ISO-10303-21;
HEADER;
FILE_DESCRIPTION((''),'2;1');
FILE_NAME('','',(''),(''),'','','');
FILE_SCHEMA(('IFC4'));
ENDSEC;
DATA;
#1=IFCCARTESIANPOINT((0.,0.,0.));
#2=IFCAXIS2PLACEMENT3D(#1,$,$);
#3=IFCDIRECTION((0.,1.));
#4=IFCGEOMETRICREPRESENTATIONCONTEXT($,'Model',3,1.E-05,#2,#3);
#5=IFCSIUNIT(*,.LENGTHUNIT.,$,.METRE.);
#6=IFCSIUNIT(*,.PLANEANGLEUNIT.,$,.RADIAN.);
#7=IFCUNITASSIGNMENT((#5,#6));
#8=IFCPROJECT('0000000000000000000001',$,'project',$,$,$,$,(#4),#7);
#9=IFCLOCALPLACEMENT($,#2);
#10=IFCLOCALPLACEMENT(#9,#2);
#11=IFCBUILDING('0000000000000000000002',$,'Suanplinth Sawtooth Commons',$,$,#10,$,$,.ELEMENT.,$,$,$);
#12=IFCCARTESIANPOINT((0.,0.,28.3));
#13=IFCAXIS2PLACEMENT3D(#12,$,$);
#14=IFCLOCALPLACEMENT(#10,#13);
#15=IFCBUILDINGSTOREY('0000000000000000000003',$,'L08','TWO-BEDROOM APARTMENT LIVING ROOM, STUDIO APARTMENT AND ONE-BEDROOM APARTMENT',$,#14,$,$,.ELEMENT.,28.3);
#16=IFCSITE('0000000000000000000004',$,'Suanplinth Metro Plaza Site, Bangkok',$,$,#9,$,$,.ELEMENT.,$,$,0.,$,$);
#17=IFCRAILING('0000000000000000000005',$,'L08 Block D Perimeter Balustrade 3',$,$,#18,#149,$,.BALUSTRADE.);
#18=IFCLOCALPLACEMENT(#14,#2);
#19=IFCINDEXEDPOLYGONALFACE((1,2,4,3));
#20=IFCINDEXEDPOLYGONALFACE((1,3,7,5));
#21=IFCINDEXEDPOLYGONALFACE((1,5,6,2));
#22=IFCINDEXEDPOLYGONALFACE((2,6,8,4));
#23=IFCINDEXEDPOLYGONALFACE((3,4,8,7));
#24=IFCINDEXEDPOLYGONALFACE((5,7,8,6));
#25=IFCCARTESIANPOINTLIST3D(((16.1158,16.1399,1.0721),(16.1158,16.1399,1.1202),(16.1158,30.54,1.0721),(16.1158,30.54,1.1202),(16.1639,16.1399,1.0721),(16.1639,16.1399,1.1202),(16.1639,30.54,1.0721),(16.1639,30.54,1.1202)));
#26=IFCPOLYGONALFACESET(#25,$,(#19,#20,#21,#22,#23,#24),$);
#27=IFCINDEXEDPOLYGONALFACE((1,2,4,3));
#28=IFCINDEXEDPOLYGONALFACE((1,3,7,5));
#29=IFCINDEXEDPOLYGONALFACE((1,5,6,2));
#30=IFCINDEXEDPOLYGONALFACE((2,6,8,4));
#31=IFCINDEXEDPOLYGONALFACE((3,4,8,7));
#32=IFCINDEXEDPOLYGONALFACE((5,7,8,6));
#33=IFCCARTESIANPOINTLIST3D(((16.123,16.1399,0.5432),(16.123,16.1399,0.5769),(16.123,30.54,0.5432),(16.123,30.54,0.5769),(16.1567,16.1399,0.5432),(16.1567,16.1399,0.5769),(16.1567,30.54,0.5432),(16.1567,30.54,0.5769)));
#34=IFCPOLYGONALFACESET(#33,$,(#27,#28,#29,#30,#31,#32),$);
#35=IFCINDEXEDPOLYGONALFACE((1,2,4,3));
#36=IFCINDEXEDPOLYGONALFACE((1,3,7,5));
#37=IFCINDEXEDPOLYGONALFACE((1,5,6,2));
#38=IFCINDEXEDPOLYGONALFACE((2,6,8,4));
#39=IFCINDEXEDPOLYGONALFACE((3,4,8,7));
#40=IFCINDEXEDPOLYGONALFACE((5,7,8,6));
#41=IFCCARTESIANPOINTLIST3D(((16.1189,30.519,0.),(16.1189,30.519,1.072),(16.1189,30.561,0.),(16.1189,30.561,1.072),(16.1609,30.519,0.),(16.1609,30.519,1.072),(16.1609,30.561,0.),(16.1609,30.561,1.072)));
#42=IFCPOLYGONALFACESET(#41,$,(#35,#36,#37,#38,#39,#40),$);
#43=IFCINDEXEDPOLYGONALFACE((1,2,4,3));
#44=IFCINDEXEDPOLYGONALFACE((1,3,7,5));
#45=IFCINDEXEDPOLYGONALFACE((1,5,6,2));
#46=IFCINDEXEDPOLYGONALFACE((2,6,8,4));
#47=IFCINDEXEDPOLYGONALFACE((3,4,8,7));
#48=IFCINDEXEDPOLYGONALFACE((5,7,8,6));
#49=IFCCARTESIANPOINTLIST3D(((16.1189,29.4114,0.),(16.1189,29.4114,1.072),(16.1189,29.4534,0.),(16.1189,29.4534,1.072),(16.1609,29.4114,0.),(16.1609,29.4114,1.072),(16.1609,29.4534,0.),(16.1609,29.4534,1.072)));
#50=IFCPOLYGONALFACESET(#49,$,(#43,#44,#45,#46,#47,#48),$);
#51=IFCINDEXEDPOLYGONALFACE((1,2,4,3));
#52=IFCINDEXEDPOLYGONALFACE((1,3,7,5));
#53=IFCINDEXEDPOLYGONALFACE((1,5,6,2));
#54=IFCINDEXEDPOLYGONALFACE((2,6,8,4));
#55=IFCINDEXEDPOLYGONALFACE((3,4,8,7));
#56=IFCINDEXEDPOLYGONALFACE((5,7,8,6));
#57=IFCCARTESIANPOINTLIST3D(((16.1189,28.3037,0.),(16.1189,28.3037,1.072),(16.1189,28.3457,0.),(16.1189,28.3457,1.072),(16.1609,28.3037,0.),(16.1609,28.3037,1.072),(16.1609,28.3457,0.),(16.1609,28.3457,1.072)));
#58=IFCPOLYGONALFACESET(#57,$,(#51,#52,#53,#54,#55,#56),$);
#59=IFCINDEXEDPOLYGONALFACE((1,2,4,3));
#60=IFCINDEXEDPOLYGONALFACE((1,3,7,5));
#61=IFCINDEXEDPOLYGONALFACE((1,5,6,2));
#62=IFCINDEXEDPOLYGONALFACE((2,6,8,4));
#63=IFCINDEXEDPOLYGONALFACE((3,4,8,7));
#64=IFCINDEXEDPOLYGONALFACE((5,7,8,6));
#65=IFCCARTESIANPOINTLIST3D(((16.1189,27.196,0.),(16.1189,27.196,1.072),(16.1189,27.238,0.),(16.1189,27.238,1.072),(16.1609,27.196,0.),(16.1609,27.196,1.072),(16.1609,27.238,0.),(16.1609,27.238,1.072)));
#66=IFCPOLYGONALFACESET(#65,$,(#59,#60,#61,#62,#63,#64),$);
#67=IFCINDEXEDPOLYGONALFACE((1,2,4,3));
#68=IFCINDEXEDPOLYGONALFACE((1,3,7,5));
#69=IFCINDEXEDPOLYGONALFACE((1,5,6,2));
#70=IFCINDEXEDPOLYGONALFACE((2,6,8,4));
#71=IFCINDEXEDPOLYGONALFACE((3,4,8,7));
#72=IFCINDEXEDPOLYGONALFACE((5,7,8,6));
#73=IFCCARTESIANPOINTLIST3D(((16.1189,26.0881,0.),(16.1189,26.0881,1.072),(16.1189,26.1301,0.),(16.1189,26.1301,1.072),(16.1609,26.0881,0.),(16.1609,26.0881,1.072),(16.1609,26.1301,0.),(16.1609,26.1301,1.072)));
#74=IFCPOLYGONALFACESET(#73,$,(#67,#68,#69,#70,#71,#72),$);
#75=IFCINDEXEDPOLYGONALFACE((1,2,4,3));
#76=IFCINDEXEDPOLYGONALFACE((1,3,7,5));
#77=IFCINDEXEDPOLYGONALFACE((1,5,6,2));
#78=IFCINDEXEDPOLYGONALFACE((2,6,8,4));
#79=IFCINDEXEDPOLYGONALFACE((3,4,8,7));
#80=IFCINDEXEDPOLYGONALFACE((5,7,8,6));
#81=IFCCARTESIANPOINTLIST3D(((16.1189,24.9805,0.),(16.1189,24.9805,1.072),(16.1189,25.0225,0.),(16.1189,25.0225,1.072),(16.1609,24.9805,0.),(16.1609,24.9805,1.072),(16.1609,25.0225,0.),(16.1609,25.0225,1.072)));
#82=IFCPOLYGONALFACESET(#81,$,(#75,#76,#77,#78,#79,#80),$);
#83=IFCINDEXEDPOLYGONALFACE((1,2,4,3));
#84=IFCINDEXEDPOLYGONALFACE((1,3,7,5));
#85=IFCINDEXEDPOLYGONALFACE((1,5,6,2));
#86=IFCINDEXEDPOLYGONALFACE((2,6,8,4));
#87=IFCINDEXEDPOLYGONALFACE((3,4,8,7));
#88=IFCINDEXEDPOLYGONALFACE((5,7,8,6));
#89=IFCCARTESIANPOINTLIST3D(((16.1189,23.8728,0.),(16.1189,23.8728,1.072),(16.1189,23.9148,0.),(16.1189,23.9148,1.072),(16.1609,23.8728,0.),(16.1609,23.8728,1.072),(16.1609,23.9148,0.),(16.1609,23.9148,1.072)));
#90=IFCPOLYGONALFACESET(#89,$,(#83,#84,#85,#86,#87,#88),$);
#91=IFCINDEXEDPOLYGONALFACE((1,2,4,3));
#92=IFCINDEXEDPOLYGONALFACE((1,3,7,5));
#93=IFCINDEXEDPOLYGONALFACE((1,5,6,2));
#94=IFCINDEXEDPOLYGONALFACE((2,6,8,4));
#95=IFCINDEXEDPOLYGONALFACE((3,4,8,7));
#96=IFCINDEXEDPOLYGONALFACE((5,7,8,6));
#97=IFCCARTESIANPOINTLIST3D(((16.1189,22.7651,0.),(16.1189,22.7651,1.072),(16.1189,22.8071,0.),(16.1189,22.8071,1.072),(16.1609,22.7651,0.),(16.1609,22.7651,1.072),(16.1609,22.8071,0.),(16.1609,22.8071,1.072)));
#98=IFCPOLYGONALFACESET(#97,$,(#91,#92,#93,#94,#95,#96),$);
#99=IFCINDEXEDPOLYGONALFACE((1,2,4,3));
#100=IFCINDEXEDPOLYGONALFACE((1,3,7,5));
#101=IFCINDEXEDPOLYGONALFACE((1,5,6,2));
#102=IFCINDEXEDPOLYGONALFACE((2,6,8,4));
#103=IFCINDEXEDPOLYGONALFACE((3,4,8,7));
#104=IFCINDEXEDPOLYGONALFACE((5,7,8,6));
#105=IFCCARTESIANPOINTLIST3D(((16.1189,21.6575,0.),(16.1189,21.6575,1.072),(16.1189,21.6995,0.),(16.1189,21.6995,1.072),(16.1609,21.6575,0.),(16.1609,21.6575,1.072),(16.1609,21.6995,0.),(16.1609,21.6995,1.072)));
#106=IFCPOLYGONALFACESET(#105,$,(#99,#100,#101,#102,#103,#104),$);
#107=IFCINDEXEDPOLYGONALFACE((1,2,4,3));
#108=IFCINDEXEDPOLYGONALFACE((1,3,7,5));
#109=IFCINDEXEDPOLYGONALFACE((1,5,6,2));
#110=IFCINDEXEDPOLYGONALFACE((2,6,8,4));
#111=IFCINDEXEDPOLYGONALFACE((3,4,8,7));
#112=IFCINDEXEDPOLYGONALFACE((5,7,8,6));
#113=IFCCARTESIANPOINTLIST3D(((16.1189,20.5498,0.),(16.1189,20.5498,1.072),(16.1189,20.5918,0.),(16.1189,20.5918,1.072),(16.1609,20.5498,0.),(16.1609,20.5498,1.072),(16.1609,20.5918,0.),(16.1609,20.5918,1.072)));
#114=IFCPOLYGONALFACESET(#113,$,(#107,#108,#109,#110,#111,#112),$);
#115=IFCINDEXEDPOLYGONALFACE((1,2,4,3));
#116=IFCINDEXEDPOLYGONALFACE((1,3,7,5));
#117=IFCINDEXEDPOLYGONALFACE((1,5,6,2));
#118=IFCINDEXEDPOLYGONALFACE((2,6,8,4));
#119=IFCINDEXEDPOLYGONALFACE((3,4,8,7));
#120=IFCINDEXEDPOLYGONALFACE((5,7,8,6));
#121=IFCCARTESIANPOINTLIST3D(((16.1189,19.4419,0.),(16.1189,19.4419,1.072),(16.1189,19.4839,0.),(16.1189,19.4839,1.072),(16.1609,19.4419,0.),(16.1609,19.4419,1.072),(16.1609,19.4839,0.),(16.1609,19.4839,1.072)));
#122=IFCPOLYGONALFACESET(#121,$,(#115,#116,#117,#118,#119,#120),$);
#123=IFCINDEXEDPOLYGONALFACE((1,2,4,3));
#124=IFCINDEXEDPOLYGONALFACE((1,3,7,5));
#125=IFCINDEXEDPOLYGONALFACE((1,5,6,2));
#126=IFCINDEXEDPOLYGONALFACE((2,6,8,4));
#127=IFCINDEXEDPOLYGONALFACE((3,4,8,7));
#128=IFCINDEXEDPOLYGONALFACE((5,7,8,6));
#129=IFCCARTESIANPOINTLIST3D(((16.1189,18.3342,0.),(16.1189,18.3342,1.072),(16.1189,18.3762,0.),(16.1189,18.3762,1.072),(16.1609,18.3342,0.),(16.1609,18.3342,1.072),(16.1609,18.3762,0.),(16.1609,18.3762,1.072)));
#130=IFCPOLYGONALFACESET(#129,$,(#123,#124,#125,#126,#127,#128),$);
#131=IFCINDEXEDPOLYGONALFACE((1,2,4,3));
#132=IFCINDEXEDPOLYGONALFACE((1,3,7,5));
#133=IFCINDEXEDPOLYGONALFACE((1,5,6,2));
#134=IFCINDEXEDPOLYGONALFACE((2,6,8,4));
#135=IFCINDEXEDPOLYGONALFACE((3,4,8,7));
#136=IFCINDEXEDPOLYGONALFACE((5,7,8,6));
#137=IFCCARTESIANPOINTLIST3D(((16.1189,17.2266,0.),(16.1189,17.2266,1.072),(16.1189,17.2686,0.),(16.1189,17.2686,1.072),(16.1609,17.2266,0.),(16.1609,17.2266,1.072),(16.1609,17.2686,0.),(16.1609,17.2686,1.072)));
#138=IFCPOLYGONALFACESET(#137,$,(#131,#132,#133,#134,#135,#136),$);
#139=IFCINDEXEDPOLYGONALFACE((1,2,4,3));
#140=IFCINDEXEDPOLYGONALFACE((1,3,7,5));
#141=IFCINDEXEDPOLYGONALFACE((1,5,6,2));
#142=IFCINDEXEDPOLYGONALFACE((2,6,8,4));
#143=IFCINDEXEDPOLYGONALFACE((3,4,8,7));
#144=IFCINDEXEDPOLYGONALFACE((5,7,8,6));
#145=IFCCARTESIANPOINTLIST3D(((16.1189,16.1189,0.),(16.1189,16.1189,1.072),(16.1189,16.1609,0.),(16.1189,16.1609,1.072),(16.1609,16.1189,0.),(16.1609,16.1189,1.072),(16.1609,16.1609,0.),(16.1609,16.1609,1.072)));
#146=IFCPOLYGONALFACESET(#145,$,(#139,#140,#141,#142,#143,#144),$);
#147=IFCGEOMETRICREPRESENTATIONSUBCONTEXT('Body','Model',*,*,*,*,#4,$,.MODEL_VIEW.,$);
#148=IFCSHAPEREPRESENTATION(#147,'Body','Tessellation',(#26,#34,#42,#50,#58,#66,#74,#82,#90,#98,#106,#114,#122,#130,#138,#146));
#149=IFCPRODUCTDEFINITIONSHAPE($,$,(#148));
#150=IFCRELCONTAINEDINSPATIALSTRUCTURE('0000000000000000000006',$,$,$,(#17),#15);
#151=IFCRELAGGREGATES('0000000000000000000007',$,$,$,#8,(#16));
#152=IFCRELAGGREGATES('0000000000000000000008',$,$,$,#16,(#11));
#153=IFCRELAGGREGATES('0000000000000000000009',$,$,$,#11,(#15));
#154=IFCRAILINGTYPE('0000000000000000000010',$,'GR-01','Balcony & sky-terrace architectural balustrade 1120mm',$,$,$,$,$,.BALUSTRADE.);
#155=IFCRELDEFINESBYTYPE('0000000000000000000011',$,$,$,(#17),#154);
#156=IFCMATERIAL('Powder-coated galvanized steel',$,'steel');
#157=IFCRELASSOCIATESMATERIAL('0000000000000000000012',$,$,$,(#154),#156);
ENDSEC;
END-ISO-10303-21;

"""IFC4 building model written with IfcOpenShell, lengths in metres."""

from ifc_helpers import new_model, si_unit, direction, frame, origin, origin_2d, place, context, subcontext, project, spatial, rectangle, extrude, material, type_object, element, save


model = new_model("IFC4")

# Units and contexts
model_context = context("Model", 3, precision=1e-05, world=origin(), true_north=direction((0.0, 1.0)))
body_context = subcontext(model_context, "Body", "Model", "MODEL_VIEW")
ifc_project = project(units=[si_unit("LENGTHUNIT", "METRE"), si_unit("PLANEANGLEUNIT", "RADIAN")], contexts=[model_context])

# Site, building, storey
site_placement = place(None, origin())
site = spatial("IfcSite", under=ifc_project, at=site_placement, Name="Suanplinth Metro Plaza Site, Bangkok", CompositionType="ELEMENT", RefElevation=0.0)
building_placement = place(site_placement, origin())
building = spatial("IfcBuilding", under=site, at=building_placement, Name="Suanplinth Sawtooth Commons", CompositionType="ELEMENT")
storey_placement = place(building_placement, frame((0.0, 0.0, 28.3)))
storey = spatial("IfcBuildingStorey", under=building, at=storey_placement, Name="L08", Description="TWO-BEDROOM APARTMENT LIVING ROOM, STUDIO APARTMENT AND ONE-BEDROOM APARTMENT", CompositionType="ELEMENT", Elevation=28.3)

# Railing
ifc_material_1 = material(Name="Powder-coated galvanized steel", Category="steel")
railing_type = type_object("IfcRailingType", Name="GR-01", Description="Balcony & sky-terrace architectural balustrade 1120mm", PredefinedType="BALUSTRADE", material=ifc_material_1)
railing_1_placement = place(storey_placement, frame((16.1399, 30.54, 0.0)))
element("IfcRailing", 1, at=railing_1_placement, inside=storey, type_object=railing_type, Name="L08 Block D Perimeter Balustrade 3", PredefinedType="BALUSTRADE", context=body_context, shape_type="SweptSolid", body=[
    extrude(rectangle(XDim=0.0481, YDim=0.0481, at=origin_2d()), frame((0.0, 0.0, 1.0962), z_axis=(0.0, -1.0, 0.0), x_axis=(1.0, 0.0, 0.0)), (0.0, 0.0, 1.0), 14.4001),
    extrude(rectangle(XDim=0.0337, YDim=0.0337, at=origin_2d()), frame((0.0, 0.0, 0.5601), z_axis=(0.0, -1.0, 0.0), x_axis=(1.0, 0.0, 0.0)), (0.0, 0.0, 1.0), 14.4001),
    extrude(rectangle(XDim=0.042, YDim=0.042, at=origin_2d()), origin(), (0.0, 0.0, 1.0), 1.072),
    extrude(rectangle(XDim=0.042, YDim=0.042, at=origin_2d()), frame((0.0, -1.1077, 0.0)), (0.0, 0.0, 1.0), 1.072),
    extrude(rectangle(XDim=0.042, YDim=0.042, at=origin_2d()), frame((0.0, -2.2153, 0.0)), (0.0, 0.0, 1.0), 1.072),
    extrude(rectangle(XDim=0.042, YDim=0.042, at=origin_2d()), frame((0.0, -3.323, 0.0)), (0.0, 0.0, 1.0), 1.072),
    extrude(rectangle(XDim=0.042, YDim=0.042, at=origin_2d()), frame((0.0, -4.4309, 0.0)), (0.0, 0.0, 1.0), 1.072),
    extrude(rectangle(XDim=0.042, YDim=0.042, at=origin_2d()), frame((0.0, -5.5386, 0.0)), (0.0, 0.0, 1.0), 1.072),
    extrude(rectangle(XDim=0.042, YDim=0.042, at=origin_2d()), frame((0.0, -6.6462, 0.0)), (0.0, 0.0, 1.0), 1.072),
    extrude(rectangle(XDim=0.042, YDim=0.042, at=origin_2d()), frame((0.0, -7.7539, 0.0)), (0.0, 0.0, 1.0), 1.072),
    extrude(rectangle(XDim=0.042, YDim=0.042, at=origin_2d()), frame((0.0, -8.8616, 0.0)), (0.0, 0.0, 1.0), 1.072),
    extrude(rectangle(XDim=0.042, YDim=0.042, at=origin_2d()), frame((0.0, -9.9692, 0.0)), (0.0, 0.0, 1.0), 1.072),
    extrude(rectangle(XDim=0.042, YDim=0.042, at=origin_2d()), frame((0.0, -11.0771, 0.0)), (0.0, 0.0, 1.0), 1.072),
    extrude(rectangle(XDim=0.042, YDim=0.042, at=origin_2d()), frame((0.0, -12.1848, 0.0)), (0.0, 0.0, 1.0), 1.072),
    extrude(rectangle(XDim=0.042, YDim=0.042, at=origin_2d()), frame((0.0, -13.2925, 0.0)), (0.0, 0.0, 1.0), 1.072),
    extrude(rectangle(XDim=0.042, YDim=0.042, at=origin_2d()), frame((0.0, -14.4001, 0.0)), (0.0, 0.0, 1.0), 1.072),
])

save(model, "model.ifc")
